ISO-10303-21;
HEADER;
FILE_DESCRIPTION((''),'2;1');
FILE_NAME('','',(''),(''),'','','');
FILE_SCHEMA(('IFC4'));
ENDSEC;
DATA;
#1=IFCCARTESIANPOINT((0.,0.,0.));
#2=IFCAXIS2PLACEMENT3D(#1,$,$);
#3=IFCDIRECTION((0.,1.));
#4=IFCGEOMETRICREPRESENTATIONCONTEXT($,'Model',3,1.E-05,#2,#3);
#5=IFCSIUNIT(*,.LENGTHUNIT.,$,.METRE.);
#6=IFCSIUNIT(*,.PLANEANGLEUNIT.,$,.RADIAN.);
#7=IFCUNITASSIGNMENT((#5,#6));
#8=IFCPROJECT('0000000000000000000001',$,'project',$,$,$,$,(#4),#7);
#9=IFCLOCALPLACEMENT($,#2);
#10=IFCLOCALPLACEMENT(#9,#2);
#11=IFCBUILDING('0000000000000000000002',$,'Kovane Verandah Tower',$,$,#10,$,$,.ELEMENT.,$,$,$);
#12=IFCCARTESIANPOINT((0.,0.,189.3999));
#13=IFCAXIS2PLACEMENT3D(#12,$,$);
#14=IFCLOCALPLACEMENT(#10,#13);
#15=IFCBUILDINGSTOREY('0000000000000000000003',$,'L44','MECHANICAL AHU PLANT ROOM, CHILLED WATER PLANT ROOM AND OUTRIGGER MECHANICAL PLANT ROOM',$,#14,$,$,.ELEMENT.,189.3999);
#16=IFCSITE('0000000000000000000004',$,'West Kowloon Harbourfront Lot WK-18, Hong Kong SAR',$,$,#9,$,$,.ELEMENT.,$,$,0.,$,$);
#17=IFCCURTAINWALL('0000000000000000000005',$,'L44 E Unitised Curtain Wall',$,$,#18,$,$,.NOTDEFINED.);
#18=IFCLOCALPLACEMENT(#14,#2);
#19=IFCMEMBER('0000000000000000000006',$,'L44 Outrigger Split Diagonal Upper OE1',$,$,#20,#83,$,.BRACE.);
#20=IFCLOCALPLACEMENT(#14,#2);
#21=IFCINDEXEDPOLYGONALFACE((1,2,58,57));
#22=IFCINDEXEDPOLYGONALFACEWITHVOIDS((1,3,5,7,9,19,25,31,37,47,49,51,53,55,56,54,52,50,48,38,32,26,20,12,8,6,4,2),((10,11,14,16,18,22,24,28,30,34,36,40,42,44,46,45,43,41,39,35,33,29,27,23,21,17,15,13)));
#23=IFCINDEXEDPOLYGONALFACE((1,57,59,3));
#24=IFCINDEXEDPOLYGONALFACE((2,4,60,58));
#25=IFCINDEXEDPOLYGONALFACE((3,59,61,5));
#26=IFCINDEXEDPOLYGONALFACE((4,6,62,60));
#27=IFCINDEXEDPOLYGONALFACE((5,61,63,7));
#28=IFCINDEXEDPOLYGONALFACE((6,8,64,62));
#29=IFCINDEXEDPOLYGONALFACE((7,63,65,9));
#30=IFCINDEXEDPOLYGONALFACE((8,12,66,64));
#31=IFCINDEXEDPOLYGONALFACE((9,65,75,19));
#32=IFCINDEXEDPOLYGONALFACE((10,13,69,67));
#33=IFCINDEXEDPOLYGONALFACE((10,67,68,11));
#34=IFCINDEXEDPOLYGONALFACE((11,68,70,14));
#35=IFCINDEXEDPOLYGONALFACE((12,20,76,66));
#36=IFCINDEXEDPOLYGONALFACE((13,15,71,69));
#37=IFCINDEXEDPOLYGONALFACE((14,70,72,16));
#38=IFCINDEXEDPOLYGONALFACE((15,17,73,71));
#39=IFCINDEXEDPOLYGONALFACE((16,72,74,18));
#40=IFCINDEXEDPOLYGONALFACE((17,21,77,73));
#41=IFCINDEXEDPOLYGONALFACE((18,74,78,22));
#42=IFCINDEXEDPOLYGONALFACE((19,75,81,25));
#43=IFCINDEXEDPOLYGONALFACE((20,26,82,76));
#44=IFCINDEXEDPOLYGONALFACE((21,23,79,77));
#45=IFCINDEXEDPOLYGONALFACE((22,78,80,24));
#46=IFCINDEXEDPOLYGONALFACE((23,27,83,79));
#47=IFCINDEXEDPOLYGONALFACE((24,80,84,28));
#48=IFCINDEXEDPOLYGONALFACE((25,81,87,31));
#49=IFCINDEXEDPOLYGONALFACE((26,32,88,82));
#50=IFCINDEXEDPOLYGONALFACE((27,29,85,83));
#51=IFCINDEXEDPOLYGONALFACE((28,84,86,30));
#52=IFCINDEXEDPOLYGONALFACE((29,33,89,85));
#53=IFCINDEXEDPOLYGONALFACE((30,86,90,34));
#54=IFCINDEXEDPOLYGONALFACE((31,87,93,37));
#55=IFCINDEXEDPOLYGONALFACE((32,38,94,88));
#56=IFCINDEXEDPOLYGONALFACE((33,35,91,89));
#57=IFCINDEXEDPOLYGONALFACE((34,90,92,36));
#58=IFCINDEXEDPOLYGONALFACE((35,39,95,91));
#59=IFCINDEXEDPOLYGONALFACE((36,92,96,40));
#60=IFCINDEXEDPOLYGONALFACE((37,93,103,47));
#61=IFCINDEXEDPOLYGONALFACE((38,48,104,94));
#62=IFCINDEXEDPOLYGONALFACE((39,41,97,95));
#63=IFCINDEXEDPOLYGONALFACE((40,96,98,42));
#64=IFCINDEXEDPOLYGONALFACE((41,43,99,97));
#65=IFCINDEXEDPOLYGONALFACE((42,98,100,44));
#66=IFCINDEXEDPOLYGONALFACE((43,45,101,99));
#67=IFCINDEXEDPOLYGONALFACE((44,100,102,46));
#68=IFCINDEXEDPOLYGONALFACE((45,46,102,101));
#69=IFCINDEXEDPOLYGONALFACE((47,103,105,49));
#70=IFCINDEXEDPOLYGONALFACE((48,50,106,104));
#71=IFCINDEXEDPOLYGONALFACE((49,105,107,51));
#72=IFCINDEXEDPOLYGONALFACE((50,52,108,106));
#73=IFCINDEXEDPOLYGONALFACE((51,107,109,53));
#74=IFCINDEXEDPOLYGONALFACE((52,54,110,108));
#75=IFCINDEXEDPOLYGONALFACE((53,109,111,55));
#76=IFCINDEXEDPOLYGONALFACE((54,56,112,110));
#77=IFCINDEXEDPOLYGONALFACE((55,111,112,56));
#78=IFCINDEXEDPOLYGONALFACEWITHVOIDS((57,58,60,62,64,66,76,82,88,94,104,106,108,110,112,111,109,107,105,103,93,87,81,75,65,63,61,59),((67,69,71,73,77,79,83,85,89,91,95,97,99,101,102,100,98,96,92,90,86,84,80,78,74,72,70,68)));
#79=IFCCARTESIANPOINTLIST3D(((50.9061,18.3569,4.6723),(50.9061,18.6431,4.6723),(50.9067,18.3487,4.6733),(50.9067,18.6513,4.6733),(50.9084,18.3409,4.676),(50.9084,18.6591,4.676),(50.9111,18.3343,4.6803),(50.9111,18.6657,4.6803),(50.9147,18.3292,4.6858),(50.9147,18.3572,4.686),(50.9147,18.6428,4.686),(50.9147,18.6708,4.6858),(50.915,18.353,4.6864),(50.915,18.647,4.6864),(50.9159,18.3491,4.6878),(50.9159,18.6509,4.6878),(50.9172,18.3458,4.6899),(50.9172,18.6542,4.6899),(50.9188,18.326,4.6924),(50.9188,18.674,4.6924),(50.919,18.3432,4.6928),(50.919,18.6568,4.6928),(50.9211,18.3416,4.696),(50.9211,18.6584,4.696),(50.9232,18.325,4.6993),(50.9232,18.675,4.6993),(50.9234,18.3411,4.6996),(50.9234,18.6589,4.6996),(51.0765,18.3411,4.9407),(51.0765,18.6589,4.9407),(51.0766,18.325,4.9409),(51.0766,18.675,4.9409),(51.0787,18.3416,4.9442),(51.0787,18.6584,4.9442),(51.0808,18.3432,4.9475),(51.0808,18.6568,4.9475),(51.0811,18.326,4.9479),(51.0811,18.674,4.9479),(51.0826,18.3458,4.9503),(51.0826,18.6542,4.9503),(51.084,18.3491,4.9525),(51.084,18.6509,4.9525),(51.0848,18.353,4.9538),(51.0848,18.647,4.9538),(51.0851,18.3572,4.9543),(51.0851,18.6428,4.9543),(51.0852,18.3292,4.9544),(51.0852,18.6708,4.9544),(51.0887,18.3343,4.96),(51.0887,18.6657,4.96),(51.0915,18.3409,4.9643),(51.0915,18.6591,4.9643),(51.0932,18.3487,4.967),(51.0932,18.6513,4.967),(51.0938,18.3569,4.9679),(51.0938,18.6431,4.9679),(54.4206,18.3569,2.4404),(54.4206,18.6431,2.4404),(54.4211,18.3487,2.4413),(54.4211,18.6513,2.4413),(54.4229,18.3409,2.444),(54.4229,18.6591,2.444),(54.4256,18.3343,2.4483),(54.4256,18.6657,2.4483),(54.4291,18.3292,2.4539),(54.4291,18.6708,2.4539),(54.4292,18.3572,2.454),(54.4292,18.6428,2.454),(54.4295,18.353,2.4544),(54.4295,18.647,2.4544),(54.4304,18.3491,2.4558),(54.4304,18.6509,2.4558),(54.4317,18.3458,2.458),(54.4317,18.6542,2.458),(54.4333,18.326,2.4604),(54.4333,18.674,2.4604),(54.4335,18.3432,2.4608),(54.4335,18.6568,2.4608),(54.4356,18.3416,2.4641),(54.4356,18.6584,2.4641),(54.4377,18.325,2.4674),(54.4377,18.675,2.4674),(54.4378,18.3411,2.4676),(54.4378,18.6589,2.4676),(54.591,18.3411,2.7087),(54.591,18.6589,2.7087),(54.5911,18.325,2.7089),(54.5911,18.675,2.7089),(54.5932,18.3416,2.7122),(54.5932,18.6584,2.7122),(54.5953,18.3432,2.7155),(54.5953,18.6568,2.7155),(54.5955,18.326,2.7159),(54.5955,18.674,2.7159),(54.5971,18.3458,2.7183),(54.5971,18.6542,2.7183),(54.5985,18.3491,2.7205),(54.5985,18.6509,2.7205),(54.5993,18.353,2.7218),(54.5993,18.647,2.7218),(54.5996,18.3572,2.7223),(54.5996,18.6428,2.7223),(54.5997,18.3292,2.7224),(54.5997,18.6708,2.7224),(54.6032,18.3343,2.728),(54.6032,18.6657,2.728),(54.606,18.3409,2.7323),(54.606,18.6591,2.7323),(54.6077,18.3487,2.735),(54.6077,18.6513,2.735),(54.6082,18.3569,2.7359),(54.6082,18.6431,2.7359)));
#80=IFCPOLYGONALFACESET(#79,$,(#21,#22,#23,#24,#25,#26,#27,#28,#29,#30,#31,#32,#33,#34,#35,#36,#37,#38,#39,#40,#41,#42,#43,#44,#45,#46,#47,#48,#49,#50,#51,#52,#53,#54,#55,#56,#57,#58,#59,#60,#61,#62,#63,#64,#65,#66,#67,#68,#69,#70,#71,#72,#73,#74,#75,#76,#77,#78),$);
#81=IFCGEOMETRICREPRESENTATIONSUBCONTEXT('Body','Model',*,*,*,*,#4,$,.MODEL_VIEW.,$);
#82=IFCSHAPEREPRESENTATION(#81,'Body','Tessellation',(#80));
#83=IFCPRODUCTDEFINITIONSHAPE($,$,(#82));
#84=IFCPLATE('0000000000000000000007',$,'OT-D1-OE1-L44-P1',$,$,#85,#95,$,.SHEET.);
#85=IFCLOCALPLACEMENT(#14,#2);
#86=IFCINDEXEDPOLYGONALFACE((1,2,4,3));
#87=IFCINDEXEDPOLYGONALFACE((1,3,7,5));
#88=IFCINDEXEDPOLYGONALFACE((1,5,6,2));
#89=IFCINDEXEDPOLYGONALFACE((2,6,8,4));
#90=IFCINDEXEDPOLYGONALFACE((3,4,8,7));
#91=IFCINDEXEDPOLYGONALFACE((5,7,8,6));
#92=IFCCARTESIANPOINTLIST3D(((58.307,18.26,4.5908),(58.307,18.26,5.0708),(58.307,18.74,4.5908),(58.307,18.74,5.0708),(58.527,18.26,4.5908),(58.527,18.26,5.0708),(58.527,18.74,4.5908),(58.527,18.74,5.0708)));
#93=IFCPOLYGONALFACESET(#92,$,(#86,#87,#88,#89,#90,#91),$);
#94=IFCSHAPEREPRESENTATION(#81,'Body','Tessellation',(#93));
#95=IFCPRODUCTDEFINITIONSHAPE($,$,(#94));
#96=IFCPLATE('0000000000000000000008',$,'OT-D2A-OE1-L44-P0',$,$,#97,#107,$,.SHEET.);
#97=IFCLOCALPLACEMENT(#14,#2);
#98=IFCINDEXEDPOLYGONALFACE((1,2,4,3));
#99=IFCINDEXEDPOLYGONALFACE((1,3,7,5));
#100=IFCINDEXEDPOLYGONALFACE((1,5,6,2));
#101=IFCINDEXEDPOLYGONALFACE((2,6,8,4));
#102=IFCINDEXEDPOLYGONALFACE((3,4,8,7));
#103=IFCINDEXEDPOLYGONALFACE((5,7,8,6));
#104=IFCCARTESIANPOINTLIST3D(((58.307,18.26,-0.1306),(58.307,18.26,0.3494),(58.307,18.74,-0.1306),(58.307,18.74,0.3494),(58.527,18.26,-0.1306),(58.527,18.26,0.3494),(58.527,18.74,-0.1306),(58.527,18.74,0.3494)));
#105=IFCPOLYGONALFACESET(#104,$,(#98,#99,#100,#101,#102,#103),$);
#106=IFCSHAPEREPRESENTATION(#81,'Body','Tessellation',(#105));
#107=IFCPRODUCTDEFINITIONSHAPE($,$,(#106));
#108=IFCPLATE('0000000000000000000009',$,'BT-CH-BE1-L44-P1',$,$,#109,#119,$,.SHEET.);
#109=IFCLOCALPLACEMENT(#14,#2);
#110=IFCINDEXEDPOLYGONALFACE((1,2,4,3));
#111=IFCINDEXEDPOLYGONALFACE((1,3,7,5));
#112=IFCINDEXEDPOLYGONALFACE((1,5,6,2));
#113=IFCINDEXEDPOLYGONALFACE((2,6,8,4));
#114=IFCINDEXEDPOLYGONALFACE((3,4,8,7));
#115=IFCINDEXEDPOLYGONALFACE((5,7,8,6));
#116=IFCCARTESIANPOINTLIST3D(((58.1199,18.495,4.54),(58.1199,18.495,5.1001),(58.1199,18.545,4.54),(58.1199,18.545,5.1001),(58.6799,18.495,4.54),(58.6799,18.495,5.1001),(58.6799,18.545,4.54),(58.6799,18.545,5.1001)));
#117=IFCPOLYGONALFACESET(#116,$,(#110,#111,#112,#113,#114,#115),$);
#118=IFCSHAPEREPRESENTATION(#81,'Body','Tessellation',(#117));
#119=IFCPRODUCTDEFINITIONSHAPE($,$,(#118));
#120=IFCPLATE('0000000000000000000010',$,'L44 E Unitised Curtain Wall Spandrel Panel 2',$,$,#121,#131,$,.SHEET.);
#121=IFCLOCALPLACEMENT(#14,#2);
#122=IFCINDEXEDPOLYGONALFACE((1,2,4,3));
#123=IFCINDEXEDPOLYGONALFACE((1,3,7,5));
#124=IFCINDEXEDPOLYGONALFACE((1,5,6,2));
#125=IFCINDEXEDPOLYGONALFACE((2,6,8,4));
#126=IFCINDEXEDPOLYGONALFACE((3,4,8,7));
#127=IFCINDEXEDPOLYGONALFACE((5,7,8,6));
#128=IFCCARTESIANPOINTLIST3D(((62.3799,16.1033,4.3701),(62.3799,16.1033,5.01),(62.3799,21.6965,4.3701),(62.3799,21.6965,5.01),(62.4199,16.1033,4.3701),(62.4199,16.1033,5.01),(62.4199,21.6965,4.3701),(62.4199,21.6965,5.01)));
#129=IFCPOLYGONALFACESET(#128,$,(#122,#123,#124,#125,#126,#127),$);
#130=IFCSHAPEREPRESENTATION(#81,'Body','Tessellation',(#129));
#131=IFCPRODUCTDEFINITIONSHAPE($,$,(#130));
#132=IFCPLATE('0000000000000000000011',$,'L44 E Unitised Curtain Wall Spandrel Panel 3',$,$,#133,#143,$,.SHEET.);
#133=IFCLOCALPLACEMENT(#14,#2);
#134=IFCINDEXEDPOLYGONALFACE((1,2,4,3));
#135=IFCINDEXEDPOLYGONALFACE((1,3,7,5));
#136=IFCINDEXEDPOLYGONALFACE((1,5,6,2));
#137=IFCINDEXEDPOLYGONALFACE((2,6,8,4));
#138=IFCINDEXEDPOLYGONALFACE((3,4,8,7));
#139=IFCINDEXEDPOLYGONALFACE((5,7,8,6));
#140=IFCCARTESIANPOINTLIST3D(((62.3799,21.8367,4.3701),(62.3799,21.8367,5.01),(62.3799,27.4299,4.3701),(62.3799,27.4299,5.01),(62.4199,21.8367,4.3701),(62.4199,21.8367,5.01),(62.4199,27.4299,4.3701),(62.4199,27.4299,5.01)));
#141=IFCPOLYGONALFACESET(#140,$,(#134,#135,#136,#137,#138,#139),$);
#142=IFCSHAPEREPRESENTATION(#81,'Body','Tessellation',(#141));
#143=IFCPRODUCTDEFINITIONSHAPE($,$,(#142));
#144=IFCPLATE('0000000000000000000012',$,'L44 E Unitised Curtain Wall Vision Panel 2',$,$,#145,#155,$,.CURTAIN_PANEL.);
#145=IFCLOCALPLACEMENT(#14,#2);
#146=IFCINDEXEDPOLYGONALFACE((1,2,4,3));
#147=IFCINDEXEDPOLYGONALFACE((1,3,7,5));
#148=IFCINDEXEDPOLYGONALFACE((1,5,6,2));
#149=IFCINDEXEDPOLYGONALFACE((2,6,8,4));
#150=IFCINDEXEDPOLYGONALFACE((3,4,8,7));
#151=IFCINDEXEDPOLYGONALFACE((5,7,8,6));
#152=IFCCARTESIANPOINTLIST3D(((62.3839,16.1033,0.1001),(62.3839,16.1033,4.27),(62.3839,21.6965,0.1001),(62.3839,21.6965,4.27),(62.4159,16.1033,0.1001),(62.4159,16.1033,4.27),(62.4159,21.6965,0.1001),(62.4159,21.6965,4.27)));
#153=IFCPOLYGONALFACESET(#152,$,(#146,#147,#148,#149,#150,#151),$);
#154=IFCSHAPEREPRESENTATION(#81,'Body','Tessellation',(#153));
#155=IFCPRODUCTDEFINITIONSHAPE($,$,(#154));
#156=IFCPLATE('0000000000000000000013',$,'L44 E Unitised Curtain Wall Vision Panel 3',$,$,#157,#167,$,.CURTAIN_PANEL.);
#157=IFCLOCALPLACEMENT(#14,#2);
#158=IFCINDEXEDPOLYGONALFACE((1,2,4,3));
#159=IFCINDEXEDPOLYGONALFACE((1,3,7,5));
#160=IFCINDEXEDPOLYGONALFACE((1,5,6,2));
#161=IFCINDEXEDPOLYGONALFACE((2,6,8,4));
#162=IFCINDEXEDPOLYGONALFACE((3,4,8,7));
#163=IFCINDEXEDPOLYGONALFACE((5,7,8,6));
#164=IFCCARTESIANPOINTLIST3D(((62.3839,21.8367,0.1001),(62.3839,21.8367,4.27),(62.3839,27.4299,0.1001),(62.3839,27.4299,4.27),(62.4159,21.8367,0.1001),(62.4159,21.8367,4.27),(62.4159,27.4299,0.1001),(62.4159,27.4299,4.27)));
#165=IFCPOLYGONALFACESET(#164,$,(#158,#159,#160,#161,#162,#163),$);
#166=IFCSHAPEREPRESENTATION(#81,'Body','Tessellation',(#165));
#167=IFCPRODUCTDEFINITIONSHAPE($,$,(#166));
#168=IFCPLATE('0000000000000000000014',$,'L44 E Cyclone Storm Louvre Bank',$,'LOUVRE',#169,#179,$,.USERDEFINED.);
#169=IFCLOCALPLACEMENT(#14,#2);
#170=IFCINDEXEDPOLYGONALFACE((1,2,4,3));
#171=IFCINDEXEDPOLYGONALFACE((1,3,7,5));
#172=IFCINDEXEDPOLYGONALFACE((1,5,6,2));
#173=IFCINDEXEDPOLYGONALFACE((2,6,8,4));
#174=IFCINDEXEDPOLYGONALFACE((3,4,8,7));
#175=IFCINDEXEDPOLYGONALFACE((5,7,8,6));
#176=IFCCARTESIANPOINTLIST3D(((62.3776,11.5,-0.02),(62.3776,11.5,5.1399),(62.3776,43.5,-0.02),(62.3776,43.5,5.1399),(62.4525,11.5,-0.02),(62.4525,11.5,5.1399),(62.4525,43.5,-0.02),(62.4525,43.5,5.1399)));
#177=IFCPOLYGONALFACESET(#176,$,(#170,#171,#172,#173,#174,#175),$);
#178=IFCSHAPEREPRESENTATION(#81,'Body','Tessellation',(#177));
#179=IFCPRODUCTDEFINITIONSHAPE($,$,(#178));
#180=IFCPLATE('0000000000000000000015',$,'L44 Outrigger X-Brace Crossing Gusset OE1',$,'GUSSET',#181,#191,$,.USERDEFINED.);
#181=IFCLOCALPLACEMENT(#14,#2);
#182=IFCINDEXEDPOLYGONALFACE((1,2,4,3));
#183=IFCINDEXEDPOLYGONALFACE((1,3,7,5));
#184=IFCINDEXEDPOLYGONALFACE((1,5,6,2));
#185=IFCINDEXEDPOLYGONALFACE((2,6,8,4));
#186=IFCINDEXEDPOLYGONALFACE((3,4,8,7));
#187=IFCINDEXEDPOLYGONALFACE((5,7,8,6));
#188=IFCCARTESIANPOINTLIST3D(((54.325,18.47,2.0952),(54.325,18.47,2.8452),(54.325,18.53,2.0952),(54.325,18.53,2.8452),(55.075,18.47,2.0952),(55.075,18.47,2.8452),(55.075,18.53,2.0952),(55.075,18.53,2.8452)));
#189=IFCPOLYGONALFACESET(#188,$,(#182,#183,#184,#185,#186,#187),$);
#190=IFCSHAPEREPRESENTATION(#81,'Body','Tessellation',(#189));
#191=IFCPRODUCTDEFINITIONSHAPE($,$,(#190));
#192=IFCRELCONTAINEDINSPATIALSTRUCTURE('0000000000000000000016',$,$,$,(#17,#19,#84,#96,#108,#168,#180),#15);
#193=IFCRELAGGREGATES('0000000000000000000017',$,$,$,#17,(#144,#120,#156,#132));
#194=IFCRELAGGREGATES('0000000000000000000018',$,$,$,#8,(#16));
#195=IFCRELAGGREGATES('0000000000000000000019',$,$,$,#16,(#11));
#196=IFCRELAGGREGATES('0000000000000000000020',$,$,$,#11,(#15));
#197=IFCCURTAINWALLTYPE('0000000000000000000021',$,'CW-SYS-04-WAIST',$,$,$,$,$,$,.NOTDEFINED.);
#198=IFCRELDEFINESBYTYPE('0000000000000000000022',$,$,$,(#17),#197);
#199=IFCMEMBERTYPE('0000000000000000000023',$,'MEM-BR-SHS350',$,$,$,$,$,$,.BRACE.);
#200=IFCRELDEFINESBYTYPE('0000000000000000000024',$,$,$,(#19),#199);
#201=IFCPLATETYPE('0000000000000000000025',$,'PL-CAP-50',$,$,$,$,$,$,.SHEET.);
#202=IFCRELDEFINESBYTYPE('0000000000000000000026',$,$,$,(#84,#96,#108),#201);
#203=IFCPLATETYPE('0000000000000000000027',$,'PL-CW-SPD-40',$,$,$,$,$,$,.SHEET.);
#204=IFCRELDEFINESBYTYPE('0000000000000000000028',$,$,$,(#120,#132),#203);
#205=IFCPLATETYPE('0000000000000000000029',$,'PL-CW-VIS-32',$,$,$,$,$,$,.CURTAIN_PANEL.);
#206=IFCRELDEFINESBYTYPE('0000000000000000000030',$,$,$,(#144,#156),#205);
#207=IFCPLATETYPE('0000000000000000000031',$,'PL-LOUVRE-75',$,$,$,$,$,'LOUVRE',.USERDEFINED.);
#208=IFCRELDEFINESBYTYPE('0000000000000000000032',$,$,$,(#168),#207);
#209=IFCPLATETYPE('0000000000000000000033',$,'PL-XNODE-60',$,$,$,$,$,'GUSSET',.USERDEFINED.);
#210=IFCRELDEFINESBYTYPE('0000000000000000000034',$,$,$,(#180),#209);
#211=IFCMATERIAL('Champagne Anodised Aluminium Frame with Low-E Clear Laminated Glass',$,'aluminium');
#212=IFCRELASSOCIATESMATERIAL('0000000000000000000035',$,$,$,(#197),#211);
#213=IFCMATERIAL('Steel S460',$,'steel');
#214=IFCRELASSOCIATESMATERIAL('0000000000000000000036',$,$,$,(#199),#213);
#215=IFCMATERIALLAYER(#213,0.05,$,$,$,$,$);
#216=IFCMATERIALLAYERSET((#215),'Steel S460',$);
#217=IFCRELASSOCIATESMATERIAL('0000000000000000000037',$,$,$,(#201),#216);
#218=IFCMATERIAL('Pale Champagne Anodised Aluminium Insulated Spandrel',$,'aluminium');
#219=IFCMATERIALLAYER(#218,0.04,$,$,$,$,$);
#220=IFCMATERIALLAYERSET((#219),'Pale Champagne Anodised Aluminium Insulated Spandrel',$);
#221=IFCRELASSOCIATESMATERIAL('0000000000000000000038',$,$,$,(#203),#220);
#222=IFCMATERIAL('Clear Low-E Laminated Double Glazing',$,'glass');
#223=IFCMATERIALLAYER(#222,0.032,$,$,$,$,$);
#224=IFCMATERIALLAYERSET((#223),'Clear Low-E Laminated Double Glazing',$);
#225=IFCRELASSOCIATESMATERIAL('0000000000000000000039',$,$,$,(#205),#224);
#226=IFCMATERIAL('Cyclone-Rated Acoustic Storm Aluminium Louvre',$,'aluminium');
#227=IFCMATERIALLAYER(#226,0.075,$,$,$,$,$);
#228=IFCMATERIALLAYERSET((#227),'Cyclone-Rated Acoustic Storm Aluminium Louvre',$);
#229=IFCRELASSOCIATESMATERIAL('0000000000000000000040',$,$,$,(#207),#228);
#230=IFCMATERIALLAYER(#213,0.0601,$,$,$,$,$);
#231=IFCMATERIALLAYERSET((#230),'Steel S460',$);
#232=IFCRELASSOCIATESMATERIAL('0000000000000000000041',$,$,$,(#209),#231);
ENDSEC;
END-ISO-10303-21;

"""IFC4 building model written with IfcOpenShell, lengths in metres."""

from ifc_helpers import new_model, si_unit, direction, frame, origin, origin_2d, place, context, subcontext, project, spatial, rectangle, hollow_rectangle, extrude, material, layer, layer_set, material_profile, profile_set, type_object, element, aggregate, save


model = new_model("IFC4")

# Units and contexts
model_context = context("Model", 3, precision=1e-05, world=origin(), true_north=direction((0.0, 1.0)))
body_context = subcontext(model_context, "Body", "Model", "MODEL_VIEW")
ifc_project = project(units=[si_unit("LENGTHUNIT", "METRE"), si_unit("PLANEANGLEUNIT", "RADIAN")], contexts=[model_context])

# Site, building, storey
site_placement = place(None, origin())
site = spatial("IfcSite", under=ifc_project, at=site_placement, Name="West Kowloon Harbourfront Lot WK-18, Hong Kong SAR", CompositionType="ELEMENT", RefElevation=0.0)
building_placement = place(site_placement, origin())
building = spatial("IfcBuilding", under=site, at=building_placement, Name="Kovane Verandah Tower", CompositionType="ELEMENT")
storey_placement = place(building_placement, frame((0.0, 0.0, 189.3999)))
storey = spatial("IfcBuildingStorey", under=building, at=storey_placement, Name="L44", Description="MECHANICAL AHU PLANT ROOM, CHILLED WATER PLANT ROOM AND OUTRIGGER MECHANICAL PLANT ROOM", CompositionType="ELEMENT", Elevation=189.3999)

# Shared definitions
ifc_material_1 = material(Name="Steel S460", Category="steel")

# Curtain wall
ifc_material_2 = material(Name="Champagne Anodised Aluminium Frame with Low-E Clear Laminated Glass", Category="aluminium")
curtain_wall_type = type_object("IfcCurtainWallType", Name="CW-SYS-04-WAIST", PredefinedType="NOTDEFINED", material=ifc_material_2)
curtain_wall_placement = place(storey_placement, origin())
curtain_wall = element("IfcCurtainWall", 1, at=curtain_wall_placement, inside=storey, type_object=curtain_wall_type, Name="L44 E Unitised Curtain Wall", PredefinedType="NOTDEFINED")

# Member
ifc_material_profile_1 = material_profile(ifc_material_1, hollow_rectangle(XDim=0.3501, YDim=0.3501, WallThickness=0.0161, InnerFilletRadius=0.0161, OuterFilletRadius=0.032, at=origin_2d()), Name="SHS350x350x16")
ifc_profile_set_1 = profile_set([ifc_material_profile_1], Name="Steel S460")
member_type_1 = type_object("IfcMemberType", Name="MEM-BR-SHS350", PredefinedType="BRACE", material=ifc_profile_set_1)
member_1_placement = place(storey_placement, frame((54.5144, 18.5, 2.5881), z_axis=(-0.844151, 0.0, 0.536105), x_axis=(0.0, -1.0, 0.0)))
element("IfcMember", 2, at=member_1_placement, inside=storey, type_object=member_type_1, Name="L44 Outrigger Split Diagonal Upper OE1", PredefinedType="BRACE", context=body_context, shape_type="SweptSolid", body=[
    extrude(hollow_rectangle(XDim=0.3501, YDim=0.3501, WallThickness=0.0161, InnerFilletRadius=0.0161, OuterFilletRadius=0.032, at=origin_2d()), origin(), (0.0, 0.0, 1.0), 4.1633),
])

# Plates
ifc_layer_1 = layer(ifc_material_1, 0.05)
ifc_layer_set_1 = layer_set([ifc_layer_1], Name="Steel S460")
plate_type_1 = type_object("IfcPlateType", Name="PL-CAP-50", PredefinedType="SHEET", material=ifc_layer_set_1)
for number, where, z_axis, x_axis, name in (
    (3, (58.417, 18.5, 4.5908), (0.0, 0.0, 1.0), (1.0, 0.0, 0.0), "OT-D1-OE1-L44-P1"),
    (4, (58.417, 18.5, -0.1306), (0.0, 0.0, 1.0), (-1.0, 0.0, 0.0), "OT-D2A-OE1-L44-P0"),
):
    element("IfcPlate", number, at=place(storey_placement, frame(where, z_axis=z_axis, x_axis=x_axis)), inside=storey, type_object=plate_type_1, Name=name, PredefinedType="SHEET", context=body_context, shape_type="SweptSolid", body=[
        extrude(rectangle(XDim=0.22, YDim=0.48, at=origin_2d()), origin(), (0.0, 0.0, 1.0), 0.48),
    ])
plate_1_placement = place(storey_placement, frame((58.3999, 18.52, 4.54), z_axis=(0.0, 0.0, 1.0), x_axis=(0.0, 1.0, 0.0)))
element("IfcPlate", 5, at=plate_1_placement, inside=storey, type_object=plate_type_1, Name="BT-CH-BE1-L44-P1", PredefinedType="SHEET", context=body_context, shape_type="SweptSolid", body=[
    extrude(rectangle(XDim=0.05, YDim=0.5601, at=origin_2d()), origin(), (0.0, 0.0, 1.0), 0.5601),
])

# Plates
ifc_material_3 = material(Name="Pale Champagne Anodised Aluminium Insulated Spandrel", Category="aluminium")
ifc_layer_2 = layer(ifc_material_3, 0.04)
ifc_layer_set_2 = layer_set([ifc_layer_2], Name="Pale Champagne Anodised Aluminium Insulated Spandrel")
plate_type_2 = type_object("IfcPlateType", Name="PL-CW-SPD-40", PredefinedType="SHEET", material=ifc_layer_set_2)
plate_2_placement = place(storey_placement, frame((62.3999, 18.8999, 4.3701), z_axis=(0.0, 0.0, 1.0), x_axis=(0.0, 1.0, 0.0)))
plate_2 = element("IfcPlate", 6, at=plate_2_placement, type_object=plate_type_2, Name="L44 E Unitised Curtain Wall Spandrel Panel 2", PredefinedType="SHEET", context=body_context, shape_type="SweptSolid", body=[
    extrude(rectangle(XDim=5.5933, YDim=0.04, at=origin_2d()), origin(), (0.0, 0.0, 1.0), 0.6399),
])
plate_3_placement = place(storey_placement, frame((62.3999, 24.6333, 4.3701), z_axis=(0.0, 0.0, 1.0), x_axis=(0.0, 1.0, 0.0)))
plate_3 = element("IfcPlate", 7, at=plate_3_placement, type_object=plate_type_2, Name="L44 E Unitised Curtain Wall Spandrel Panel 3", PredefinedType="SHEET", context=body_context, shape_type="SweptSolid", body=[
    extrude(rectangle(XDim=5.5933, YDim=0.04, at=origin_2d()), origin(), (0.0, 0.0, 1.0), 0.6399),
])
ifc_material_4 = material(Name="Clear Low-E Laminated Double Glazing", Category="glass")
ifc_layer_3 = layer(ifc_material_4, 0.032)
ifc_layer_set_3 = layer_set([ifc_layer_3], Name="Clear Low-E Laminated Double Glazing")
plate_type_3 = type_object("IfcPlateType", Name="PL-CW-VIS-32", PredefinedType="CURTAIN_PANEL", material=ifc_layer_set_3)
plate_4_placement = place(storey_placement, frame((62.3999, 18.8999, 0.1001), z_axis=(0.0, 0.0, 1.0), x_axis=(0.0, 1.0, 0.0)))
plate_4 = element("IfcPlate", 8, at=plate_4_placement, type_object=plate_type_3, Name="L44 E Unitised Curtain Wall Vision Panel 2", PredefinedType="CURTAIN_PANEL", context=body_context, shape_type="SweptSolid", body=[
    extrude(rectangle(XDim=5.5933, YDim=0.032, at=origin_2d()), origin(), (0.0, 0.0, 1.0), 4.1699),
])
plate_5_placement = place(storey_placement, frame((62.3999, 24.6333, 0.1001), z_axis=(0.0, 0.0, 1.0), x_axis=(0.0, 1.0, 0.0)))
plate_5 = element("IfcPlate", 9, at=plate_5_placement, type_object=plate_type_3, Name="L44 E Unitised Curtain Wall Vision Panel 3", PredefinedType="CURTAIN_PANEL", context=body_context, shape_type="SweptSolid", body=[
    extrude(rectangle(XDim=5.5933, YDim=0.032, at=origin_2d()), origin(), (0.0, 0.0, 1.0), 4.1699),
])
aggregate(curtain_wall, [plate_4, plate_2, plate_5, plate_3])

# Plates
ifc_material_5 = material(Name="Cyclone-Rated Acoustic Storm Aluminium Louvre", Category="aluminium")
ifc_layer_4 = layer(ifc_material_5, 0.075)
ifc_layer_set_4 = layer_set([ifc_layer_4], Name="Cyclone-Rated Acoustic Storm Aluminium Louvre")
plate_type_4 = type_object("IfcPlateType", Name="PL-LOUVRE-75", ElementType="LOUVRE", PredefinedType="USERDEFINED", material=ifc_layer_set_4)
plate_6_placement = place(storey_placement, frame((62.415, 27.5, -0.02), z_axis=(0.0, 0.0, 1.0), x_axis=(0.0, 1.0, 0.0)))
element("IfcPlate", 10, at=plate_6_placement, inside=storey, type_object=plate_type_4, Name="L44 E Cyclone Storm Louvre Bank", ObjectType="LOUVRE", PredefinedType="USERDEFINED", context=body_context, shape_type="SweptSolid", body=[
    extrude(rectangle(XDim=32.0, YDim=0.075, at=origin_2d()), origin(), (0.0, 0.0, 1.0), 5.1599),
])
ifc_layer_5 = layer(ifc_material_1, 0.0601)
ifc_layer_set_5 = layer_set([ifc_layer_5], Name="Steel S460")
plate_type_5 = type_object("IfcPlateType", Name="PL-XNODE-60", ElementType="GUSSET", PredefinedType="USERDEFINED", material=ifc_layer_set_5)
plate_7_placement = place(storey_placement, frame((54.7, 18.5, 2.0952), z_axis=(0.0, 0.0, 1.0), x_axis=(1.0, 0.0, 0.0)))
element("IfcPlate", 11, at=plate_7_placement, inside=storey, type_object=plate_type_5, Name="L44 Outrigger X-Brace Crossing Gusset OE1", ObjectType="GUSSET", PredefinedType="USERDEFINED", context=body_context, shape_type="SweptSolid", body=[
    extrude(rectangle(XDim=0.75, YDim=0.0601, at=origin_2d()), origin(), (0.0, 0.0, 1.0), 0.75),
])

save(model, "model.ifc")
